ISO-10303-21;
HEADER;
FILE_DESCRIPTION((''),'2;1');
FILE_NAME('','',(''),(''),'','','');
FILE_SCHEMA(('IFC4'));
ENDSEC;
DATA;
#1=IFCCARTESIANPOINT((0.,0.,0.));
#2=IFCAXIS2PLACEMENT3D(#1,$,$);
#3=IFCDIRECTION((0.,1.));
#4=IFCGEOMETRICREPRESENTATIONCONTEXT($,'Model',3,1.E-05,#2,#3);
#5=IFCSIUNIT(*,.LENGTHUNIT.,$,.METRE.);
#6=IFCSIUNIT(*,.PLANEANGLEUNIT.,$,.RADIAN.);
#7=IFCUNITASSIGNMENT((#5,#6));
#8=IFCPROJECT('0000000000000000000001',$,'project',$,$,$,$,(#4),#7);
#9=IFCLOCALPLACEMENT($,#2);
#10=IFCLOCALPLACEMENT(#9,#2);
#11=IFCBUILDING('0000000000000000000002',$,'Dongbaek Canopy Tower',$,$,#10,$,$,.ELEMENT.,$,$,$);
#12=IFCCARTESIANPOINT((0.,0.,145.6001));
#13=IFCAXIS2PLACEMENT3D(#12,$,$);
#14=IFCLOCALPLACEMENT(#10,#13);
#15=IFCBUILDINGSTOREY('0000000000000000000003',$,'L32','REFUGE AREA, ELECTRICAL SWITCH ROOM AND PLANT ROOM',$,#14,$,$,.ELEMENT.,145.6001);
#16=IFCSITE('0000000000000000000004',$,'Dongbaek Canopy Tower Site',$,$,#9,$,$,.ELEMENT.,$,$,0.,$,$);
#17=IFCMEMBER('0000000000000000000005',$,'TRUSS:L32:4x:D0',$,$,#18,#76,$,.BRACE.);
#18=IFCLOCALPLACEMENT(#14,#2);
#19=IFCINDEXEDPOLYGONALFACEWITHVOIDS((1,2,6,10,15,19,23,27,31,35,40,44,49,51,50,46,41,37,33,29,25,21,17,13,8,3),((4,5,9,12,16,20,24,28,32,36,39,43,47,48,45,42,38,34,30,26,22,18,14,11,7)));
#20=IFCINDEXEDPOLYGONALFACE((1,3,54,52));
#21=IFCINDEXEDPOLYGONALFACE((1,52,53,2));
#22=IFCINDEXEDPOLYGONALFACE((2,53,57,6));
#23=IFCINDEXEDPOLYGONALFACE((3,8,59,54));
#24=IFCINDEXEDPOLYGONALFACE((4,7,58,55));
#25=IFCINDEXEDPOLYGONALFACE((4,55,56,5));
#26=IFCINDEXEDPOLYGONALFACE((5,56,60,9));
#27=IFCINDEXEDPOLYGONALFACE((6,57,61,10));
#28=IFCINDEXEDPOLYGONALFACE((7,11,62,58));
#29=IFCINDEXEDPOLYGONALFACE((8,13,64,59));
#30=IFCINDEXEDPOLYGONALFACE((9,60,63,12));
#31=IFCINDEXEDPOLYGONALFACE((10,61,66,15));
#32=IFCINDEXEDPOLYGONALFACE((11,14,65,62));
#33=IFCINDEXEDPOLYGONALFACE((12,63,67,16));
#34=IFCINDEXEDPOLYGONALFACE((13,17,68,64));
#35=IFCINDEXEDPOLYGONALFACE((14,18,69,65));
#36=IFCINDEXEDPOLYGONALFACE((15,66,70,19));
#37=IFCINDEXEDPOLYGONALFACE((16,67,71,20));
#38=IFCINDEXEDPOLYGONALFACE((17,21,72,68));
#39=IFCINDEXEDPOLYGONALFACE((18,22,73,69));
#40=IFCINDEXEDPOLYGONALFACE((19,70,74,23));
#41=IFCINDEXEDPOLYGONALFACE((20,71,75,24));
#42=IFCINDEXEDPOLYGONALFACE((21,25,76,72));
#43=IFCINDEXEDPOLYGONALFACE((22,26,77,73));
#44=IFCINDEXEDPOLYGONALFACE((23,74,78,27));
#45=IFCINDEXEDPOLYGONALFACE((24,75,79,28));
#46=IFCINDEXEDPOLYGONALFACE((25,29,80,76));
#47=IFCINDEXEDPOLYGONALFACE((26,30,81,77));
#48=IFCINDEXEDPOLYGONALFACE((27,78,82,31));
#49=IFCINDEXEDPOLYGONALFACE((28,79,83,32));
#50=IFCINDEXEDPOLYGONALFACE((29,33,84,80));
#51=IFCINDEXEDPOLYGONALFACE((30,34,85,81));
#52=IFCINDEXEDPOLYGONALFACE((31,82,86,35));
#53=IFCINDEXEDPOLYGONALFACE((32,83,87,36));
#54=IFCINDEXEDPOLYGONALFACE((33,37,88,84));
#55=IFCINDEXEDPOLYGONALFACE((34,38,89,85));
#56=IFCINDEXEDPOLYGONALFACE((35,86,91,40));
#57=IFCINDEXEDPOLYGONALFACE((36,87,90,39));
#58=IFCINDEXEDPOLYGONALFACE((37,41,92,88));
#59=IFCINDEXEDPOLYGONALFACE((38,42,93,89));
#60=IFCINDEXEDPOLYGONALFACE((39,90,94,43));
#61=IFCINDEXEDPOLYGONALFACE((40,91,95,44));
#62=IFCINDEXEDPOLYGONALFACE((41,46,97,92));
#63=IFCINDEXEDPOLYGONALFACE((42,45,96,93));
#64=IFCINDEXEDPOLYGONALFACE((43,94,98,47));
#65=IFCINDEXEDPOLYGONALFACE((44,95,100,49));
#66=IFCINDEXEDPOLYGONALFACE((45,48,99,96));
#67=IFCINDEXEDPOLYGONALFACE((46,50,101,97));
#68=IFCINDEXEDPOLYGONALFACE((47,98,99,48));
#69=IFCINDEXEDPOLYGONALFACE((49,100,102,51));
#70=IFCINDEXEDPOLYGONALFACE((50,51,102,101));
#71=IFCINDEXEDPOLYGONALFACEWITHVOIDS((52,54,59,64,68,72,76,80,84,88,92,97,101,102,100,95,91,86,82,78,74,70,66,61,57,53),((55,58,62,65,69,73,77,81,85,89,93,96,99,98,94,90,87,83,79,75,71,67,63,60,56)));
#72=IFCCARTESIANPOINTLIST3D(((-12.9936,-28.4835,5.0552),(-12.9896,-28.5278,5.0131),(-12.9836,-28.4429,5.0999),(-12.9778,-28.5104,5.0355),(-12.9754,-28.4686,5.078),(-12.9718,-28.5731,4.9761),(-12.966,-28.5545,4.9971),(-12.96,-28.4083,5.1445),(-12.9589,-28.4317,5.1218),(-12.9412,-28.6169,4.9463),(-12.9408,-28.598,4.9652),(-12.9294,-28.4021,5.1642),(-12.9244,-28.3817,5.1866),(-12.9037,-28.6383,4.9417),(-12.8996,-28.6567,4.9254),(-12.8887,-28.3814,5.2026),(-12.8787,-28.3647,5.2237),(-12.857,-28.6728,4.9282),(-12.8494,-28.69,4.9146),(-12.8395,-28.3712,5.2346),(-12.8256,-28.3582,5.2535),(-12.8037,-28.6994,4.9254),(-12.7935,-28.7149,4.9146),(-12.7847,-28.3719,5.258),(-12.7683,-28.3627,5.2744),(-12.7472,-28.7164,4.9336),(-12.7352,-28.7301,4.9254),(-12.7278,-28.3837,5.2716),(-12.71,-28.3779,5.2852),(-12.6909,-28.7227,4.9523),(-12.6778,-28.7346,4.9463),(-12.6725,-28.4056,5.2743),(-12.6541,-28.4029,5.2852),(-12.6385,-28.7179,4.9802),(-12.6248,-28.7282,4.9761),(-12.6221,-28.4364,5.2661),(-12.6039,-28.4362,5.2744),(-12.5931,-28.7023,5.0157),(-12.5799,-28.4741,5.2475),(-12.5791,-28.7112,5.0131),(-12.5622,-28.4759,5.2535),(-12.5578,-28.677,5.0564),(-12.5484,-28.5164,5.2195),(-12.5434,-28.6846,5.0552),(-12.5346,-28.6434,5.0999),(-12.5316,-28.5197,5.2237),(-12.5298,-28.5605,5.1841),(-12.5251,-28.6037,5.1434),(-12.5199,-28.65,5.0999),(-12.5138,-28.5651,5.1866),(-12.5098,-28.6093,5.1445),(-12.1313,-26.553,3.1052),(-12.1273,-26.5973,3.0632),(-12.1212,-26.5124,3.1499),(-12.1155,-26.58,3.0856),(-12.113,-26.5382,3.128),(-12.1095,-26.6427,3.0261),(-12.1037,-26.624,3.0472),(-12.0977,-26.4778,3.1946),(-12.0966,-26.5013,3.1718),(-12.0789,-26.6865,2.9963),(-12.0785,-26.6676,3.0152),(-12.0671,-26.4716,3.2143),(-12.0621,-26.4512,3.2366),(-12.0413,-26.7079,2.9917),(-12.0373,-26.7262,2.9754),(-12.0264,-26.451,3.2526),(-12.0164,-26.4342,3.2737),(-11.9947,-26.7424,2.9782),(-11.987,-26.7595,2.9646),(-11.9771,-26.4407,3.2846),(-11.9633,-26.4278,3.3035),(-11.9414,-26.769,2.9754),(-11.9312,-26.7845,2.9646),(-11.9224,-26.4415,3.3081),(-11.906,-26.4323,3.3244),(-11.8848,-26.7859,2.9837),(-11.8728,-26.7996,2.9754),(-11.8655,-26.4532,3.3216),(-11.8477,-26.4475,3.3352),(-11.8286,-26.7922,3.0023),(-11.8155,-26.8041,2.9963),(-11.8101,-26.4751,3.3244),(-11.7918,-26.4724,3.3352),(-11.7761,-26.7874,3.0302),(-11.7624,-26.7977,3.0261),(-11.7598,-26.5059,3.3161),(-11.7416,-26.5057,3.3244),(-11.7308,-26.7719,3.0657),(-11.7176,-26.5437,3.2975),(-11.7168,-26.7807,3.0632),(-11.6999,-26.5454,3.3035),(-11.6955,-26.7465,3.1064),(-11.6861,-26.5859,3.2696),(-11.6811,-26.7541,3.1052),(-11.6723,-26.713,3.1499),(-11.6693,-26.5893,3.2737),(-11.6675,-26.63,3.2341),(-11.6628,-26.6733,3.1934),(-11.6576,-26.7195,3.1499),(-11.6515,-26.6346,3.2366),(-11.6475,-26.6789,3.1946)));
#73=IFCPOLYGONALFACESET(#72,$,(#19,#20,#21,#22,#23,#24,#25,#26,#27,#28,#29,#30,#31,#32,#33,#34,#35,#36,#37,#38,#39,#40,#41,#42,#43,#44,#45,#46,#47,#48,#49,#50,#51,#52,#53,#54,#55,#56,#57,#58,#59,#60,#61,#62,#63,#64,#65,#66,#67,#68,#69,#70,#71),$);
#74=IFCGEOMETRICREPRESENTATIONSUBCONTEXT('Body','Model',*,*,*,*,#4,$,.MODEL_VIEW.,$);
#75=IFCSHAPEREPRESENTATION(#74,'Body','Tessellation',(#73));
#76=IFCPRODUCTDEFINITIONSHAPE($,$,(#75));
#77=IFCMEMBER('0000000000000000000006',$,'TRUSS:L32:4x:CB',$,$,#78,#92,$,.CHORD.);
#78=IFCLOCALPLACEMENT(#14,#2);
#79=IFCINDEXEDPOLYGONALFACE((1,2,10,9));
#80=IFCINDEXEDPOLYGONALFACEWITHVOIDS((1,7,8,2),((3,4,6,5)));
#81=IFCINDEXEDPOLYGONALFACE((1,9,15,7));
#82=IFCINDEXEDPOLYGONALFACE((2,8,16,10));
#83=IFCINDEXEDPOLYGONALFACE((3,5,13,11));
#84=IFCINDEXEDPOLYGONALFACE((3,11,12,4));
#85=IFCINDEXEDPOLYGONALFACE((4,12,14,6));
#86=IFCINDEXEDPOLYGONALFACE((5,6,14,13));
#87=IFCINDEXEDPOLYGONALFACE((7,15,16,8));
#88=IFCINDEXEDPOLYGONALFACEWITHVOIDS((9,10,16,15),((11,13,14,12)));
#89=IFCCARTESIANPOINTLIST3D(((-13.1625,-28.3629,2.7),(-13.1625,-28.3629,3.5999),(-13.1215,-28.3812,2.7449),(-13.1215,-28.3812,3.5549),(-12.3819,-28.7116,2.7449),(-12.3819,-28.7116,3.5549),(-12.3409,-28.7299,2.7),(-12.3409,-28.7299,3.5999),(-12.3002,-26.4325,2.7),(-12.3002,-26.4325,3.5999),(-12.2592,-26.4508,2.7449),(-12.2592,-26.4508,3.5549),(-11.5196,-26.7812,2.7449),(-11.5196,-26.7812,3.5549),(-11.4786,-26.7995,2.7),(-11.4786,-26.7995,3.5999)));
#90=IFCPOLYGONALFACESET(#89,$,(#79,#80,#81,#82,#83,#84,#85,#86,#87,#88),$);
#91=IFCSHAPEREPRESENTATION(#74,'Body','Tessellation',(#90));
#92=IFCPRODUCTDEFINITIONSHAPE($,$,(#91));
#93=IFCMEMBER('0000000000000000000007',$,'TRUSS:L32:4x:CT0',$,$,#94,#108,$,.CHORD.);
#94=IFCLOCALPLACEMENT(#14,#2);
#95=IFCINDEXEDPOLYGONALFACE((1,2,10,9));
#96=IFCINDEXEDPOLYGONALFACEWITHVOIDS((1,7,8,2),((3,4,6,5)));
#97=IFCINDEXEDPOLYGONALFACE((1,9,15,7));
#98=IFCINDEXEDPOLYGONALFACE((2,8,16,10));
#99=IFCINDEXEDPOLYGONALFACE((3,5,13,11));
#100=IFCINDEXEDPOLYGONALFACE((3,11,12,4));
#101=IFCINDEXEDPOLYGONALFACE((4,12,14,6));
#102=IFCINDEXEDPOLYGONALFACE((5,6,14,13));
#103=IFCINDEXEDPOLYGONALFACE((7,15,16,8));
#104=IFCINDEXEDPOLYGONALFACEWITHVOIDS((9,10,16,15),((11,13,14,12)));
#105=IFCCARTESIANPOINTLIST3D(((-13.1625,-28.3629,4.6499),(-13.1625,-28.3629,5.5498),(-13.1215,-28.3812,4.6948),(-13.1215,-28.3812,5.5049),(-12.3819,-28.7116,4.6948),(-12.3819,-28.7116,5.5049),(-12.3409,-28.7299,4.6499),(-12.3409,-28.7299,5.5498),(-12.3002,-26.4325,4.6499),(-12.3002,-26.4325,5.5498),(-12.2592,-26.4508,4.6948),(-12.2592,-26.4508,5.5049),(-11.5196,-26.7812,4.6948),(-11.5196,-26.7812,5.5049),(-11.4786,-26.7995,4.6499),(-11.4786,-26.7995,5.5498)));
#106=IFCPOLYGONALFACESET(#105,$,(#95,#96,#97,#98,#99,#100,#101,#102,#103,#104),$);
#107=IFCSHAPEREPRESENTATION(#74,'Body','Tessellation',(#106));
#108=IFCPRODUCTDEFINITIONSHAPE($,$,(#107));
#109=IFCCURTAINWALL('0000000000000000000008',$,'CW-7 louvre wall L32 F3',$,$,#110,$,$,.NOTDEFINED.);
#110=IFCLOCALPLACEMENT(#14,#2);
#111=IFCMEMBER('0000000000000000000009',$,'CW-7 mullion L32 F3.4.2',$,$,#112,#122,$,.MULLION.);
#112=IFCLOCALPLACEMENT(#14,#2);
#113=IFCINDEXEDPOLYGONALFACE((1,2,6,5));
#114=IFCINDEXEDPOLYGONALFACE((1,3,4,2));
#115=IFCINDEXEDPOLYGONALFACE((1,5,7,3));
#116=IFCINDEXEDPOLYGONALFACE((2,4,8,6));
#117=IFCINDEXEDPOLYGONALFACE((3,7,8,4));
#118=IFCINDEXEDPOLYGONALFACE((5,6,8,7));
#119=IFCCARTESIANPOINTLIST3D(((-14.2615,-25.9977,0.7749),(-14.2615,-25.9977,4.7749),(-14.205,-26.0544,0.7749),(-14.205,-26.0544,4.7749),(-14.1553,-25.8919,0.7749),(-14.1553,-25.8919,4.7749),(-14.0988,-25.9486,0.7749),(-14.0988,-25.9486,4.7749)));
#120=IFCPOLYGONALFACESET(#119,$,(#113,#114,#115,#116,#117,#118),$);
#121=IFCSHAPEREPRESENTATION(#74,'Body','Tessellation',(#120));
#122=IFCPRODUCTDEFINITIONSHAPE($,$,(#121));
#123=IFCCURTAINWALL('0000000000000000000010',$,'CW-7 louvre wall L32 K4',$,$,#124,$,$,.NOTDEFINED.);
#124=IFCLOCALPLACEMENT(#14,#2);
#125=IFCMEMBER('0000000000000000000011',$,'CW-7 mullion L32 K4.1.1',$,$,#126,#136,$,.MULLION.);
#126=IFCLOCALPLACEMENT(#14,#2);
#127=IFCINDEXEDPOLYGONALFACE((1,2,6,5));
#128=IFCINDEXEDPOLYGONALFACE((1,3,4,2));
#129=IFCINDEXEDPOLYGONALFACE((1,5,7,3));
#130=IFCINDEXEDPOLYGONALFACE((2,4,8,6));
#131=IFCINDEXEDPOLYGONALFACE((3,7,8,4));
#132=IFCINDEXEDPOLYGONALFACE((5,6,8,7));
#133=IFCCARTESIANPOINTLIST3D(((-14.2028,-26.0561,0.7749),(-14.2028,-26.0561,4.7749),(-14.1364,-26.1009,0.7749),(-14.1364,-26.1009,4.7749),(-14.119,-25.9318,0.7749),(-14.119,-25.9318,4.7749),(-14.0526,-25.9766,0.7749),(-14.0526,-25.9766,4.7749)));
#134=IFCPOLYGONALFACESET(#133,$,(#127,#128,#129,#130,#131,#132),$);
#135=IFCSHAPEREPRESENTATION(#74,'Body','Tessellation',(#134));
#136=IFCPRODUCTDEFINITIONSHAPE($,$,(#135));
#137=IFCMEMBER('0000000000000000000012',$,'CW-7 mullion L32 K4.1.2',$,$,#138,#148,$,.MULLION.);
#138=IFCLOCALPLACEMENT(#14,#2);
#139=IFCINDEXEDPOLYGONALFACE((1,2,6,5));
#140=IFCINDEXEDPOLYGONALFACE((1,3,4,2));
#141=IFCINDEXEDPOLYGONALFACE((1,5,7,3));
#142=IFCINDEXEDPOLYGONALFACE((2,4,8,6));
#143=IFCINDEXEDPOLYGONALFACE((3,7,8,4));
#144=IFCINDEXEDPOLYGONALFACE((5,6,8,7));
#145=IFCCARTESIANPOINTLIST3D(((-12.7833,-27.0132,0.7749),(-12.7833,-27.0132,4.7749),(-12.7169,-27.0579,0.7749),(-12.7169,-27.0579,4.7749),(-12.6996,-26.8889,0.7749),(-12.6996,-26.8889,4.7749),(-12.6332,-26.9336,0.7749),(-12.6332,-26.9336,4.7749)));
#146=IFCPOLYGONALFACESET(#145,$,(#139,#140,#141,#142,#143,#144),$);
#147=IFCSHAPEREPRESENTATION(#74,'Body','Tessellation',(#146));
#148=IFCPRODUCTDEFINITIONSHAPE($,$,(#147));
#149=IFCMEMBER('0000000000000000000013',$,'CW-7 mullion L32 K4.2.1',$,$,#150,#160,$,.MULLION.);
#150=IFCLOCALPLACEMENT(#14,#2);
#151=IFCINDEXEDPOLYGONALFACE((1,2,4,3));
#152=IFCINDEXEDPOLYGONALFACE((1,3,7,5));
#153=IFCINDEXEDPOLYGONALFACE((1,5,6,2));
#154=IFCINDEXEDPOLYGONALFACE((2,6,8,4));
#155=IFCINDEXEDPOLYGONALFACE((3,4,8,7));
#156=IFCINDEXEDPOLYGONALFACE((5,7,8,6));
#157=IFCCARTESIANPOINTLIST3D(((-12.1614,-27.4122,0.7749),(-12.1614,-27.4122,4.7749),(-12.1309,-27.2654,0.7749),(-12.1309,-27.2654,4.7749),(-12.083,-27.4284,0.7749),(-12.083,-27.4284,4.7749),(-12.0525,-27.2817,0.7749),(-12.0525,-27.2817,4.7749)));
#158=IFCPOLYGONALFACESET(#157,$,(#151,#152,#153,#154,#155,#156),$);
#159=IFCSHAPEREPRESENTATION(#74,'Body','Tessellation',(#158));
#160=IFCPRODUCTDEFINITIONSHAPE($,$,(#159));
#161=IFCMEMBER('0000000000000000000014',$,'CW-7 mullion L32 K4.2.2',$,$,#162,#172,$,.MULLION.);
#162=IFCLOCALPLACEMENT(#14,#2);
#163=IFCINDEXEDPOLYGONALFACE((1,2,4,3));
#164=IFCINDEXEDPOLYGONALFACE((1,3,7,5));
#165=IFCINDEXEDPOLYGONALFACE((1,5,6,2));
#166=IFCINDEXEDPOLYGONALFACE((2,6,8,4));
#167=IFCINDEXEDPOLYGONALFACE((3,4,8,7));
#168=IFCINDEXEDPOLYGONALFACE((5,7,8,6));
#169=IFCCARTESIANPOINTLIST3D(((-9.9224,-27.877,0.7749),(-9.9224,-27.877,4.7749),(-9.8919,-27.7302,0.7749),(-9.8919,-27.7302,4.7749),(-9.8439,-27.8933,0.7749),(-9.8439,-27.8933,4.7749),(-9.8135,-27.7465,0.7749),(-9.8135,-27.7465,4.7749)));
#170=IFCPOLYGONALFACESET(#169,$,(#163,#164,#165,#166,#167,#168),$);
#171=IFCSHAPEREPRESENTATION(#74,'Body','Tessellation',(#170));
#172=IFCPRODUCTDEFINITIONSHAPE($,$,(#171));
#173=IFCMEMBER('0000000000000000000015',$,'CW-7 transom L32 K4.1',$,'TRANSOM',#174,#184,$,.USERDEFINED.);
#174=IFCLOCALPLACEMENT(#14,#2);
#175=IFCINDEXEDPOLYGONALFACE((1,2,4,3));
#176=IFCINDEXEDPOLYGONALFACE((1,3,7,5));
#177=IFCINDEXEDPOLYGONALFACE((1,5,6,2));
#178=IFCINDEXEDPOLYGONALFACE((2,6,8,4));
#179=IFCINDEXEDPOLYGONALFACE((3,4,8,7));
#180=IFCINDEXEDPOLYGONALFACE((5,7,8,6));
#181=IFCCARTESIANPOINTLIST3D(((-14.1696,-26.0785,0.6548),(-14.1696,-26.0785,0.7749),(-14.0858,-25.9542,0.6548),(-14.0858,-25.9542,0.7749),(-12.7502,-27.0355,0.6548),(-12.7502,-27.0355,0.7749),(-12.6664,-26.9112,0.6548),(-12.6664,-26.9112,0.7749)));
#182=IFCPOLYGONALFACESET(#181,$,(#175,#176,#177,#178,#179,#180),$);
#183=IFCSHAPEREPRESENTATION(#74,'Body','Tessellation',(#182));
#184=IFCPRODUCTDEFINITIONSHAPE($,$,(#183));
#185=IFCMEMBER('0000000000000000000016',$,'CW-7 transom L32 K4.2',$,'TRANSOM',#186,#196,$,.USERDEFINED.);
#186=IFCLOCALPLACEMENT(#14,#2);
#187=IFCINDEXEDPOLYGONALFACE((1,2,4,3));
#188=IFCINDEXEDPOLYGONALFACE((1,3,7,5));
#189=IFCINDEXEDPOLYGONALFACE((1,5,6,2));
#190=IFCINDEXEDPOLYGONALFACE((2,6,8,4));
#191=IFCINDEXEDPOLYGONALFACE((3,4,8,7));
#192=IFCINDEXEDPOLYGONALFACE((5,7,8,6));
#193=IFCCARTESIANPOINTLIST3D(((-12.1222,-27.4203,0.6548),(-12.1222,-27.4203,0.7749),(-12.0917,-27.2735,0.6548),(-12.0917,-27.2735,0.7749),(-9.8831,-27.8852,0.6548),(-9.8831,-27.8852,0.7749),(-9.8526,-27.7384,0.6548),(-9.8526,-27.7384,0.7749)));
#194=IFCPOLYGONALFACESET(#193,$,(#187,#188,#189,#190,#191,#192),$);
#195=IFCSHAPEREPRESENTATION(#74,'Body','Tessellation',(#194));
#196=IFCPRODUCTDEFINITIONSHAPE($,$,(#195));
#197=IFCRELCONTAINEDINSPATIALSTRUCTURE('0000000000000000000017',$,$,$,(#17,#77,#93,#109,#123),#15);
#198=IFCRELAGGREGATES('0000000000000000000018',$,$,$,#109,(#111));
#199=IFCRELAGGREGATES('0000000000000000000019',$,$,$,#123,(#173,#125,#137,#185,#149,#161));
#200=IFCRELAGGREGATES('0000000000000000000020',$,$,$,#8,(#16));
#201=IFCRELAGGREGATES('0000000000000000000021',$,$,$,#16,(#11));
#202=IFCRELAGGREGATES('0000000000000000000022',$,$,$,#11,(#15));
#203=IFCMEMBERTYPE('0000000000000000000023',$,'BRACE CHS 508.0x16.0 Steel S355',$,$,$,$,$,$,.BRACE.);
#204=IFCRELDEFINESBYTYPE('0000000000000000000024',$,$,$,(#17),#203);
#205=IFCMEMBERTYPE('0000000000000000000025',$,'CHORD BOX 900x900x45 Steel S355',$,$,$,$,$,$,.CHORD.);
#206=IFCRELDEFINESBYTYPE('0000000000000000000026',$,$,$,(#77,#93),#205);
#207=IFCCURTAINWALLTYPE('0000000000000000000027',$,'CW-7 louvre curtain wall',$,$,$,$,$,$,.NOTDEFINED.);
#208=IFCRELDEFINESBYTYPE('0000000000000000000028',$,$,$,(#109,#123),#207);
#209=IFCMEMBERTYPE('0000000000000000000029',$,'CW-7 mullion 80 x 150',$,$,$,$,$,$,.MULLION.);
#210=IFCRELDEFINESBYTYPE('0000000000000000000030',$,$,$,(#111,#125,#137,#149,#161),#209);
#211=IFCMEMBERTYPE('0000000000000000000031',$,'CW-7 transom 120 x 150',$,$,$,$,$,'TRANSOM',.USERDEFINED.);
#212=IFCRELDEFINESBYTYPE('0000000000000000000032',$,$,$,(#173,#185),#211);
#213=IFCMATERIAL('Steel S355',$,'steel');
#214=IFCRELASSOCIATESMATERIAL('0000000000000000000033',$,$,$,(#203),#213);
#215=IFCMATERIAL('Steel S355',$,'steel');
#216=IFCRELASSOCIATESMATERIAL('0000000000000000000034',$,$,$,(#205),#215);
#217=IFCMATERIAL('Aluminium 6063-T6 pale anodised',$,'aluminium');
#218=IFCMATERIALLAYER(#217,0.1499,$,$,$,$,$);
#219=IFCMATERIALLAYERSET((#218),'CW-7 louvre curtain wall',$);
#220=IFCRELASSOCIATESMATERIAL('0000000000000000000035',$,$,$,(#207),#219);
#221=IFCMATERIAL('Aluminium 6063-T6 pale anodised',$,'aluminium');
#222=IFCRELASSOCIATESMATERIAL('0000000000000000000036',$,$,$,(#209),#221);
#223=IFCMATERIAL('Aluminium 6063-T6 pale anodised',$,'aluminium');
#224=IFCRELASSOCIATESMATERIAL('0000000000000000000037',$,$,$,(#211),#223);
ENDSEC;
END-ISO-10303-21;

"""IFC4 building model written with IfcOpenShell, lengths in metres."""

from ifc_helpers import new_model, si_unit, direction, frame, origin, origin_2d, place, context, subcontext, project, spatial, rectangle, hollow_rectangle, hollow_circle, extrude, material, layer, layer_set, material_profile, profile_set, type_object, element, aggregate, save


model = new_model("IFC4")

# Units and contexts
model_context = context("Model", 3, precision=1e-05, world=origin(), true_north=direction((0.0, 1.0)))
body_context = subcontext(model_context, "Body", "Model", "MODEL_VIEW")
ifc_project = project(units=[si_unit("LENGTHUNIT", "METRE"), si_unit("PLANEANGLEUNIT", "RADIAN")], contexts=[model_context])

# Site, building, storey
site_placement = place(None, origin())
site = spatial("IfcSite", under=ifc_project, at=site_placement, Name="Dongbaek Canopy Tower Site", CompositionType="ELEMENT", RefElevation=0.0)
building_placement = place(site_placement, origin())
building = spatial("IfcBuilding", under=site, at=building_placement, Name="Dongbaek Canopy Tower", CompositionType="ELEMENT")
storey_placement = place(building_placement, frame((0.0, 0.0, 145.6001)))
storey = spatial("IfcBuildingStorey", under=building, at=storey_placement, Name="L32", Description="REFUGE AREA, ELECTRICAL SWITCH ROOM AND PLANT ROOM", CompositionType="ELEMENT", Elevation=145.6001)

# Members
ifc_material_1 = material(Name="Steel S355", Category="steel")
ifc_material_profile_1 = material_profile(ifc_material_1, hollow_circle(Radius=0.2539, WallThickness=0.0161, at=origin_2d()), Name="BRACE CHS 508.0x16.0 Steel S355")
ifc_profile_set_1 = profile_set([ifc_material_profile_1], Name="Steel S355")
member_type_1 = type_object("IfcMemberType", Name="BRACE CHS 508.0x16.0 Steel S355", PredefinedType="BRACE", material=ifc_profile_set_1)
member_1_placement = place(storey_placement, frame((-11.8894, -26.616, 3.1499), z_axis=(-0.299809, -0.671175, 0.677966), x_axis=(0.913048, -0.407852, 0.0)))
element("IfcMember", 1, at=member_1_placement, inside=storey, type_object=member_type_1, Name="TRUSS:L32:4x:D0", PredefinedType="BRACE", context=body_context, shape_type="SweptSolid", body=[
    extrude(hollow_circle(Radius=0.2539, WallThickness=0.0161, at=origin_2d()), origin(), (0.0, 0.0, 1.0), 2.8762),
])
ifc_material_2 = material(Name="Steel S355", Category="steel")
ifc_material_profile_2 = material_profile(ifc_material_2, hollow_rectangle(XDim=0.8999, YDim=0.8999, WallThickness=0.0449, at=origin_2d()), Name="CHORD BOX 900x900x45 Steel S355")
ifc_profile_set_2 = profile_set([ifc_material_profile_2], Name="Steel S355")
member_type_2 = type_object("IfcMemberType", Name="CHORD BOX 900x900x45 Steel S355", PredefinedType="CHORD", material=ifc_profile_set_2)
for number, where, z_axis, x_axis, name in (
    (2, (-11.8894, -26.616, 3.1499), (-0.407852, -0.913048, 0.0), (0.913048, -0.407852, 0.0), "TRUSS:L32:4x:CB"),
    (3, (-11.8894, -26.616, 5.0999), (-0.407852, -0.913048, 0.0), (0.913048, -0.407852, 0.0), "TRUSS:L32:4x:CT0"),
):
    element("IfcMember", number, at=place(storey_placement, frame(where, z_axis=z_axis, x_axis=x_axis)), inside=storey, type_object=member_type_2, Name=name, PredefinedType="CHORD", context=body_context, shape_type="SweptSolid", body=[
        extrude(hollow_rectangle(XDim=0.8999, YDim=0.8999, WallThickness=0.0449, at=origin_2d()), origin(), (0.0, 0.0, 1.0), 2.1143),
    ])

# Curtain wall, member
ifc_material_3 = material(Name="Aluminium 6063-T6 pale anodised", Category="aluminium")
ifc_layer_1 = layer(ifc_material_3, 0.1499)
ifc_layer_set_1 = layer_set([ifc_layer_1], Name="CW-7 louvre curtain wall")
curtain_wall_type = type_object("IfcCurtainWallType", Name="CW-7 louvre curtain wall", PredefinedType="NOTDEFINED", material=ifc_layer_set_1)
curtain_wall_1_placement = place(storey_placement, origin())
curtain_wall_1 = element("IfcCurtainWall", 4, at=curtain_wall_1_placement, inside=storey, type_object=curtain_wall_type, Name="CW-7 louvre wall L32 F3", PredefinedType="NOTDEFINED")
ifc_material_4 = material(Name="Aluminium 6063-T6 pale anodised", Category="aluminium")
ifc_material_profile_3 = material_profile(ifc_material_4, rectangle(XDim=0.1499, YDim=0.0801, at=origin_2d()), Name="CW-7 mullion 80 x 150")
ifc_profile_set_3 = profile_set([ifc_material_profile_3], Name="Aluminium 6063-T6 pale anodised")
member_type_3 = type_object("IfcMemberType", Name="CW-7 mullion 80 x 150", PredefinedType="MULLION", material=ifc_profile_set_3)
member_2_placement = place(storey_placement, frame((-14.1802, -25.9731, 0.7749), z_axis=(0.0, 0.0, 1.0), x_axis=(-0.708479, -0.705732, 0.0)))
member_2 = element("IfcMember", 5, at=member_2_placement, type_object=member_type_3, Name="CW-7 mullion L32 F3.4.2", PredefinedType="MULLION", context=body_context, shape_type="SweptSolid", body=[
    extrude(rectangle(XDim=0.1499, YDim=0.0801, at=origin_2d()), origin(), (0.0, 0.0, 1.0), 4.0),
])
aggregate(curtain_wall_1, [member_2])

# Curtain wall, members
curtain_wall_2_placement = place(storey_placement, origin())
curtain_wall_2 = element("IfcCurtainWall", 6, at=curtain_wall_2_placement, inside=storey, type_object=curtain_wall_type, Name="CW-7 louvre wall L32 K4", PredefinedType="NOTDEFINED")
member_3_placement = place(storey_placement, frame((-14.1277, -26.0164, 0.7749), z_axis=(0.0, 0.0, 1.0), x_axis=(-0.558939, -0.829209, 0.0)))
member_3 = element("IfcMember", 7, at=member_3_placement, type_object=member_type_3, Name="CW-7 mullion L32 K4.1.1", PredefinedType="MULLION", context=body_context, shape_type="SweptSolid", body=[
    extrude(rectangle(XDim=0.1499, YDim=0.0801, at=origin_2d()), origin(), (0.0, 0.0, 1.0), 4.0),
])
member_4_placement = place(storey_placement, frame((-12.7083, -26.9734, 0.7749), z_axis=(0.0, 0.0, 1.0), x_axis=(-0.558939, -0.829209, 0.0)))
member_4 = element("IfcMember", 8, at=member_4_placement, type_object=member_type_3, Name="CW-7 mullion L32 K4.1.2", PredefinedType="MULLION", context=body_context, shape_type="SweptSolid", body=[
    extrude(rectangle(XDim=0.1499, YDim=0.0801, at=origin_2d()), origin(), (0.0, 0.0, 1.0), 4.0),
])
member_5_placement = place(storey_placement, frame((-12.1069, -27.3469, 0.7749), z_axis=(0.0, 0.0, 1.0), x_axis=(-0.203211, -0.979135, 0.0)))
member_5 = element("IfcMember", 9, at=member_5_placement, type_object=member_type_3, Name="CW-7 mullion L32 K4.2.1", PredefinedType="MULLION", context=body_context, shape_type="SweptSolid", body=[
    extrude(rectangle(XDim=0.1499, YDim=0.0801, at=origin_2d()), origin(), (0.0, 0.0, 1.0), 4.0),
])
member_6_placement = place(storey_placement, frame((-9.8679, -27.8118, 0.7749), z_axis=(0.0, 0.0, 1.0), x_axis=(-0.203211, -0.979135, 0.0)))
member_6 = element("IfcMember", 10, at=member_6_placement, type_object=member_type_3, Name="CW-7 mullion L32 K4.2.2", PredefinedType="MULLION", context=body_context, shape_type="SweptSolid", body=[
    extrude(rectangle(XDim=0.1499, YDim=0.0801, at=origin_2d()), origin(), (0.0, 0.0, 1.0), 4.0),
])
ifc_material_5 = material(Name="Aluminium 6063-T6 pale anodised", Category="aluminium")
ifc_material_profile_4 = material_profile(ifc_material_5, rectangle(XDim=0.1499, YDim=0.1201, at=origin_2d()), Name="CW-7 transom 120 x 150")
ifc_profile_set_4 = profile_set([ifc_material_profile_4], Name="Aluminium 6063-T6 pale anodised")
member_type_4 = type_object("IfcMemberType", Name="CW-7 transom 120 x 150", ElementType="TRANSOM", PredefinedType="USERDEFINED", material=ifc_profile_set_4)
member_7_placement = place(storey_placement, frame((-14.1277, -26.0164, 0.7148), z_axis=(0.829143, -0.559037, 0.0), x_axis=(0.559037, 0.829143, 0.0)))
member_7 = element("IfcMember", 11, at=member_7_placement, type_object=member_type_4, Name="CW-7 transom L32 K4.1", ObjectType="TRANSOM", PredefinedType="USERDEFINED", context=body_context, shape_type="SweptSolid", body=[
    extrude(rectangle(XDim=0.1499, YDim=0.1201, at=origin_2d()), origin(), (0.0, 0.0, 1.0), 1.7119),
])
member_8_placement = place(storey_placement, frame((-12.1069, -27.3469, 0.7148), z_axis=(0.979121, -0.203276, 0.0), x_axis=(0.203276, 0.979121, 0.0)))
member_8 = element("IfcMember", 12, at=member_8_placement, type_object=member_type_4, Name="CW-7 transom L32 K4.2", ObjectType="TRANSOM", PredefinedType="USERDEFINED", context=body_context, shape_type="SweptSolid", body=[
    extrude(rectangle(XDim=0.1499, YDim=0.1201, at=origin_2d()), origin(), (0.0, 0.0, 1.0), 2.2869),
])

aggregate(curtain_wall_2, [member_7, member_3, member_4, member_8, member_5, member_6])

save(model, "model.ifc")
